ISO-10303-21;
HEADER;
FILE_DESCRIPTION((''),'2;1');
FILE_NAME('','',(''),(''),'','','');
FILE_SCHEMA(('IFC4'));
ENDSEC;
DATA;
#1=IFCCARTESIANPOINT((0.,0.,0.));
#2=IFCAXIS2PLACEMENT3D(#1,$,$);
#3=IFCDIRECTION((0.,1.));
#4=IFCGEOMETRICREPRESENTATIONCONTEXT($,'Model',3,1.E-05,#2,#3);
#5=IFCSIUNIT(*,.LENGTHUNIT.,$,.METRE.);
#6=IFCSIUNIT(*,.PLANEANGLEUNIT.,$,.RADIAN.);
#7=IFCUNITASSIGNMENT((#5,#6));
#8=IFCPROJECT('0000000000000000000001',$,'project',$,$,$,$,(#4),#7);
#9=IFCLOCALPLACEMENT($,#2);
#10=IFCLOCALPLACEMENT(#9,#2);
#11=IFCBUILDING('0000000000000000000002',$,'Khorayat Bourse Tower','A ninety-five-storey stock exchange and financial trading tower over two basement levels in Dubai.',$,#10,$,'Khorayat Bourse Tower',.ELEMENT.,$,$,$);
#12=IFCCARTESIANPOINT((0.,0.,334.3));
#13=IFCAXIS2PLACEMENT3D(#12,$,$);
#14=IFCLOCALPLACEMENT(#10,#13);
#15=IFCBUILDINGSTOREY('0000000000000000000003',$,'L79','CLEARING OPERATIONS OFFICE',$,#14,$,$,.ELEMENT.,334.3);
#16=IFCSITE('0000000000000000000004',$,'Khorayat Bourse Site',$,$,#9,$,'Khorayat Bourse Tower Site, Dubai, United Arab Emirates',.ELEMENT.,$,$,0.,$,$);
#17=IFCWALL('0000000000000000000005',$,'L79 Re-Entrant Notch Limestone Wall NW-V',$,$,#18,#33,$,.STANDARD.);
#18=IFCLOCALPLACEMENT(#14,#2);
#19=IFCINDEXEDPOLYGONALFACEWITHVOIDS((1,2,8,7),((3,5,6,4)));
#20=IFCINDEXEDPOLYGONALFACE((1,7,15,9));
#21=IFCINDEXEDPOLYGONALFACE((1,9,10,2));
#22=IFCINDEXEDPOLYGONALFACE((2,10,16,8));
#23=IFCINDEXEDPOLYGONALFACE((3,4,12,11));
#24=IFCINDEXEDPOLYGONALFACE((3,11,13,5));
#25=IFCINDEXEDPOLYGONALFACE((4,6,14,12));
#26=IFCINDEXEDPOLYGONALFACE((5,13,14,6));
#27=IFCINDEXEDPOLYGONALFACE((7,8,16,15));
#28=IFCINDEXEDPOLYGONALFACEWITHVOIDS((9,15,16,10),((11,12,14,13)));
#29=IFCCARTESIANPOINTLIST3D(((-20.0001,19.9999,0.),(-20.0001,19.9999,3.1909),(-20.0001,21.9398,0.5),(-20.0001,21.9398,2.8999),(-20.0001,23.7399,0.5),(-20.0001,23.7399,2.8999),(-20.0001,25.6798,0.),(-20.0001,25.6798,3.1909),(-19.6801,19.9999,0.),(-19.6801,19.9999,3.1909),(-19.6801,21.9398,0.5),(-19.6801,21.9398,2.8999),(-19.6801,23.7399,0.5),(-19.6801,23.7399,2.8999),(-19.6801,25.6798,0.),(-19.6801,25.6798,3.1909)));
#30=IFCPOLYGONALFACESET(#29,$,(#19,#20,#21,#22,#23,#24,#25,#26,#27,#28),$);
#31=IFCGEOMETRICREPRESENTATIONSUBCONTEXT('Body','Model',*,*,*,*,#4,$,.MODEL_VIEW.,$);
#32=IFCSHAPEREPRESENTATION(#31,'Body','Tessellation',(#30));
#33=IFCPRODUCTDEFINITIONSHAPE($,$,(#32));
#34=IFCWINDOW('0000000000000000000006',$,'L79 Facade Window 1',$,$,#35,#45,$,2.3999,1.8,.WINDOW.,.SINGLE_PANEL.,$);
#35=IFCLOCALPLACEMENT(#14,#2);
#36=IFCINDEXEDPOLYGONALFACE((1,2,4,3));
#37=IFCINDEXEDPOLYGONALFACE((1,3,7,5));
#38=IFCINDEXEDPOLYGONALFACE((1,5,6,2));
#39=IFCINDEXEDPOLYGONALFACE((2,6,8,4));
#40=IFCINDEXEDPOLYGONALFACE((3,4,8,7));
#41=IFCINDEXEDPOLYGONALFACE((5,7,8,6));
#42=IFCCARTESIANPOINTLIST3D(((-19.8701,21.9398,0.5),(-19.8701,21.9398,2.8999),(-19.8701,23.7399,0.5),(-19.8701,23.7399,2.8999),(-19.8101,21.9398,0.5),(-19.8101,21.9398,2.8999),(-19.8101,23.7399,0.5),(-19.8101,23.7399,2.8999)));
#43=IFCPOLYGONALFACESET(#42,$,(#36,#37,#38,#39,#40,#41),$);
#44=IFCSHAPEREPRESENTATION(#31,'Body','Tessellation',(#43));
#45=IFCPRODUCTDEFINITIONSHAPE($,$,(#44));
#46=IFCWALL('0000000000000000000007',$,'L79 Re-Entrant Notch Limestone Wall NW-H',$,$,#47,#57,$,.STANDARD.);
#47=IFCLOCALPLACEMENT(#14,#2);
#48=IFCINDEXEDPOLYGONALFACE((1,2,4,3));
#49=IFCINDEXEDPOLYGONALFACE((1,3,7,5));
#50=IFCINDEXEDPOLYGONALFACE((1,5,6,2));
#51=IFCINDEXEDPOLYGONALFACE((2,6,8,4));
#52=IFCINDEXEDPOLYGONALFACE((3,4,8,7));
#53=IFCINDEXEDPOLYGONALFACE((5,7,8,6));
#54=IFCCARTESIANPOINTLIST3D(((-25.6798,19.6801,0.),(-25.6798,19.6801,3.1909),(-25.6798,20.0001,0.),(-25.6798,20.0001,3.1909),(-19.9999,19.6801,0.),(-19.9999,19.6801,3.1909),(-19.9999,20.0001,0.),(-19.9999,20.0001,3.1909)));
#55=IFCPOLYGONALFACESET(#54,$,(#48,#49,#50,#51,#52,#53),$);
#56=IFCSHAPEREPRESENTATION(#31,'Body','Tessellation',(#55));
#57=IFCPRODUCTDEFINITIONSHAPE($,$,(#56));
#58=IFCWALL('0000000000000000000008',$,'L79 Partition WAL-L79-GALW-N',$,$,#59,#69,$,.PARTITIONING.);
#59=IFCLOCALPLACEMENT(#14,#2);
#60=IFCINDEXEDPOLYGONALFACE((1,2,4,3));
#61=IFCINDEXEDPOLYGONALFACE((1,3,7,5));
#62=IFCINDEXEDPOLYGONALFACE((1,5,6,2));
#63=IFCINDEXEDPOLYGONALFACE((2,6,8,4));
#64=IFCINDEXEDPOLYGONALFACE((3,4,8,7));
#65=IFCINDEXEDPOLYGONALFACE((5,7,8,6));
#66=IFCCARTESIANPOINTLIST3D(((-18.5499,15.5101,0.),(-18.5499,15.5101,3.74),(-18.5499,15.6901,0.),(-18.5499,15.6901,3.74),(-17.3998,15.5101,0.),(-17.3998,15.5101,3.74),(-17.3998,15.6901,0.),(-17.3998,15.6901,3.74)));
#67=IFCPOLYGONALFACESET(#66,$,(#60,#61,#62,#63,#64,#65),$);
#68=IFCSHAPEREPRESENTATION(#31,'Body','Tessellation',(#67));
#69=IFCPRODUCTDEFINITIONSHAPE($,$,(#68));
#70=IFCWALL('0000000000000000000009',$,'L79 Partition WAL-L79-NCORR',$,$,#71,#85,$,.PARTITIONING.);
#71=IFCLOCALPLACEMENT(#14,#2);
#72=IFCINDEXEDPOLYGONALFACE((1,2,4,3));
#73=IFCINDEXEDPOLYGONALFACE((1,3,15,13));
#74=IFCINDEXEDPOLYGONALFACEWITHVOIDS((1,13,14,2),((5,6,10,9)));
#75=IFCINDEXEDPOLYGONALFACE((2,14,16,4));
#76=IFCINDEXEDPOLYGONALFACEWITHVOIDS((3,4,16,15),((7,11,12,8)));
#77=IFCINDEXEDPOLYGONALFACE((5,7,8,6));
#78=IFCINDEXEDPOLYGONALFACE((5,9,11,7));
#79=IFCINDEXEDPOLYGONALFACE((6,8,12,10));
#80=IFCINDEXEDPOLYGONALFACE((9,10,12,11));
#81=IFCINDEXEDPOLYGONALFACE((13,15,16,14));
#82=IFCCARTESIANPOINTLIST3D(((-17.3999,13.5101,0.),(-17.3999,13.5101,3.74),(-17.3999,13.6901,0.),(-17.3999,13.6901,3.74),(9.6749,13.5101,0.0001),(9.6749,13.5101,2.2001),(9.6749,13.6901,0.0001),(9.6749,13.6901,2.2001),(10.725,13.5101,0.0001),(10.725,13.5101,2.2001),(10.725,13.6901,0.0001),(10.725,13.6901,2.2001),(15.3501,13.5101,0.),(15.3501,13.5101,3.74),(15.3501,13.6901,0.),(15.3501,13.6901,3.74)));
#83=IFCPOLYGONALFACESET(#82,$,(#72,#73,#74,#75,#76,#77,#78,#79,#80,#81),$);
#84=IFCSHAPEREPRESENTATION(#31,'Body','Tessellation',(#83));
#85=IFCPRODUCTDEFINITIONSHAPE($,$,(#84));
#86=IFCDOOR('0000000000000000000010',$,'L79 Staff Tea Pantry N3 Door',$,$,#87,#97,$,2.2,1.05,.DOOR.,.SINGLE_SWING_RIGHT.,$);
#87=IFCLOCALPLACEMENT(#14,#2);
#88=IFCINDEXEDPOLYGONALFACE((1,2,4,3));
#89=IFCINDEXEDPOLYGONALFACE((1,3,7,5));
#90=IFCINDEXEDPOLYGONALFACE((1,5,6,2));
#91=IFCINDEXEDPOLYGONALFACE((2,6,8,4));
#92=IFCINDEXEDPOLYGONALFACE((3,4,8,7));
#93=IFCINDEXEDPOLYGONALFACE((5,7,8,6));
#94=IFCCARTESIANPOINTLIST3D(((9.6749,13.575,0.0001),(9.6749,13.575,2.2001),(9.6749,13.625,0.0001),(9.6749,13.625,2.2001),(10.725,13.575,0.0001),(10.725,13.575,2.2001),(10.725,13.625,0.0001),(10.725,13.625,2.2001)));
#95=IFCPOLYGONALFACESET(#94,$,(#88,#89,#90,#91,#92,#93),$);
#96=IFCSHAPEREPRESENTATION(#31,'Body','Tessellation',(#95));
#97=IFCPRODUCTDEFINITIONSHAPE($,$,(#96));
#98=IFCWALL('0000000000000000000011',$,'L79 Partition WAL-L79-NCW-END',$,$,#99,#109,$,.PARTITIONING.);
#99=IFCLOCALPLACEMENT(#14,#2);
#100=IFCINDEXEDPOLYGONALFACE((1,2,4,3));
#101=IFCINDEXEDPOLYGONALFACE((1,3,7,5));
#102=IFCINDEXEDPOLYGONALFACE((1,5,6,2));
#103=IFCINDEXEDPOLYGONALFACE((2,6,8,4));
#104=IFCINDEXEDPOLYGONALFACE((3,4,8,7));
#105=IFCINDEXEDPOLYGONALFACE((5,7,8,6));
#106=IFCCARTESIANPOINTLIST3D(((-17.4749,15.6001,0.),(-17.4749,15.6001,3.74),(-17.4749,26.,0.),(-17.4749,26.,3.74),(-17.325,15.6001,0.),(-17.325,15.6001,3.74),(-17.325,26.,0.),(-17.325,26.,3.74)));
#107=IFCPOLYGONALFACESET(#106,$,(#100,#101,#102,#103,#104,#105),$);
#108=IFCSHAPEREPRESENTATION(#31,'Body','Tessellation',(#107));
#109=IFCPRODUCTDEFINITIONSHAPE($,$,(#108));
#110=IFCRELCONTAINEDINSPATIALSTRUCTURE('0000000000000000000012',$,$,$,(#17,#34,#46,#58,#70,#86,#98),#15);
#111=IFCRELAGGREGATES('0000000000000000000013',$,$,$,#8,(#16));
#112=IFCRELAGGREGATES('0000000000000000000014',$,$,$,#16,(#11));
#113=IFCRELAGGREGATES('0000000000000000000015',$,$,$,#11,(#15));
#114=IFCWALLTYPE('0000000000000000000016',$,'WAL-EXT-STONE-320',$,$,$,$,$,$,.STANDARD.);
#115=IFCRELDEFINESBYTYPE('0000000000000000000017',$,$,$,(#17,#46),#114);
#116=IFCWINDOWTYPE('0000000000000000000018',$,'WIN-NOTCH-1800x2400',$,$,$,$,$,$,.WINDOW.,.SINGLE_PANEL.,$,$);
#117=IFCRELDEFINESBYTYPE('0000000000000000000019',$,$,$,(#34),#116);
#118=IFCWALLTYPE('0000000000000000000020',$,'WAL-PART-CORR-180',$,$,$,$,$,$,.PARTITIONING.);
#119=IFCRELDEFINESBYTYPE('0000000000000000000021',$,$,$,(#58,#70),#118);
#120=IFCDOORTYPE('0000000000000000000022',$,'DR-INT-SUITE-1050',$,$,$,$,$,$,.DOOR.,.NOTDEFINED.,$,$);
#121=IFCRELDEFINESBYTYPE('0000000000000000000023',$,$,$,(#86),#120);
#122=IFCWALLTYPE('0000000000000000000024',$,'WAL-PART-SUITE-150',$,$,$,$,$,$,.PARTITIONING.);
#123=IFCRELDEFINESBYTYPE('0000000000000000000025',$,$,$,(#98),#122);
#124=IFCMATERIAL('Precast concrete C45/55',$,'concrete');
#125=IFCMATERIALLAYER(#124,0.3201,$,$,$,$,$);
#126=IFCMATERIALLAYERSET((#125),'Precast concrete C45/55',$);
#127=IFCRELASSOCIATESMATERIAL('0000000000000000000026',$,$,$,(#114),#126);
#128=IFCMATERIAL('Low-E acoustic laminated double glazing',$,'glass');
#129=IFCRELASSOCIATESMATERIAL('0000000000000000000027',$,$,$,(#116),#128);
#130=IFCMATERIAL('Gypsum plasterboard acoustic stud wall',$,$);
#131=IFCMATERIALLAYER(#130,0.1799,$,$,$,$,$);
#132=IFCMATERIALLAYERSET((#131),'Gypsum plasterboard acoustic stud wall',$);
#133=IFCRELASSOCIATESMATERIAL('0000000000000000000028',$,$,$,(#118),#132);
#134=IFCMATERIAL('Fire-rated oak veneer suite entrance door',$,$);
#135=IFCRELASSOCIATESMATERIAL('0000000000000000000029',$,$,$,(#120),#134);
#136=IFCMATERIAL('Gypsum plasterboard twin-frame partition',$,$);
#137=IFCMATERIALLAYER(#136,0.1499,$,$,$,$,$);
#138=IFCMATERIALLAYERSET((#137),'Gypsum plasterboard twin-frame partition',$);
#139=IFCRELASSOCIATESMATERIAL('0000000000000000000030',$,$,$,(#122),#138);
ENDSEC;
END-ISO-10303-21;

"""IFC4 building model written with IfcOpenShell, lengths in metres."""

from ifc_helpers import new_model, si_unit, direction, frame, frame_2d, origin, place, context, subcontext, project, spatial, rectangle, extrude, source, transform, mapped, material, layer, layer_set, type_object, element, fill, save


model = new_model("IFC4")

# Units and contexts
model_context = context("Model", 3, precision=1e-05, world=origin(), true_north=direction((0.0, 1.0)))
body_context = subcontext(model_context, "Body", "Model", "MODEL_VIEW")
ifc_project = project(units=[si_unit("LENGTHUNIT", "METRE"), si_unit("PLANEANGLEUNIT", "RADIAN")], contexts=[model_context])

# Site, building, storey
site_placement = place(None, origin())
site = spatial("IfcSite", under=ifc_project, at=site_placement, Name="Khorayat Bourse Site", LongName="Khorayat Bourse Tower Site, Dubai, United Arab Emirates", CompositionType="ELEMENT", RefElevation=0.0)
building_placement = place(site_placement, origin())
building = spatial("IfcBuilding", under=site, at=building_placement, Name="Khorayat Bourse Tower", Description="A ninety-five-storey stock exchange and financial trading tower over two basement levels in Dubai.", LongName="Khorayat Bourse Tower", CompositionType="ELEMENT")
storey_placement = place(building_placement, frame((0.0, 0.0, 334.3)))
storey = spatial("IfcBuildingStorey", under=building, at=storey_placement, Name="L79", Description="CLEARING OPERATIONS OFFICE", CompositionType="ELEMENT", Elevation=334.3)

# Wall, opening, window
ifc_material_1 = material(Name="Precast concrete C45/55", Category="concrete")
ifc_layer_1 = layer(ifc_material_1, 0.3201)
ifc_layer_set_1 = layer_set([ifc_layer_1], Name="Precast concrete C45/55")
wall_type_1 = type_object("IfcWallType", Name="WAL-EXT-STONE-320", PredefinedType="STANDARD", material=ifc_layer_set_1)
shared_shape_1 = source(origin(), body_context, "Body", "SweptSolid", [
    extrude(rectangle(XDim=5.6799, YDim=0.3201, at=frame_2d((2.8398, 0.0))), origin(), (0.0, 0.0, 1.0), 3.1909),
])
wall_1_placement = place(storey_placement, frame((-19.8401, 20.0, 0.0), z_axis=(0.0, 0.0, 1.0), x_axis=(0.0, 1.0, 0.0)))
wall_1 = element("IfcWall", 1, at=wall_1_placement, inside=storey, type_object=wall_type_1, Name="L79 Re-Entrant Notch Limestone Wall NW-V", PredefinedType="STANDARD", context=body_context, shape_type="MappedRepresentation", body=[
    mapped(shared_shape_1, transform((0.0, 0.0, 0.0), scale=1.0)),
])
shared_shape_2 = source(origin(), body_context, "Body", "SweptSolid", [
    extrude(rectangle(XDim=1.8, YDim=2.3999, at=frame_2d((0.8999, 1.2))), frame((0.0, 0.1699, 0.0), z_axis=(0.0, -1.0, 0.0), x_axis=(1.0, 0.0, 0.0)), (0.0, 0.0, 1.0), 0.3401),
])
opening_1_placement = place(wall_1_placement, frame((1.9399, 0.0, 0.5)))
opening_1 = element("IfcOpeningElement", 2, at=opening_1_placement, cuts=wall_1, PredefinedType="OPENING", context=body_context, shape_type="MappedRepresentation", body=[
    mapped(shared_shape_2, transform((0.0, 0.0, 0.0), scale=1.0)),
])
ifc_material_2 = material(Name="Low-E acoustic laminated double glazing", Category="glass")
window_type = type_object("IfcWindowType", Name="WIN-NOTCH-1800x2400", PartitioningType="SINGLE_PANEL", PredefinedType="WINDOW", material=ifc_material_2)
shared_shape_3 = source(origin(), body_context, "Body", "SweptSolid", [
    extrude(rectangle(XDim=1.8, YDim=2.3999, at=frame_2d((0.8999, 1.2))), frame((0.0, 0.03, 0.0), z_axis=(0.0, -1.0, 0.0), x_axis=(1.0, 0.0, 0.0)), (0.0, 0.0, 1.0), 0.0601),
])
window_placement = place(opening_1_placement, origin())
window = element("IfcWindow", 3, at=window_placement, inside=storey, type_object=window_type, Name="L79 Facade Window 1", OverallHeight=2.3999, OverallWidth=1.8, PartitioningType="SINGLE_PANEL", PredefinedType="WINDOW", context=body_context, shape_type="MappedRepresentation", body=[
    mapped(shared_shape_3, transform((0.0, 0.0, 0.0), scale=1.0)),
])
fill(opening_1, window)

# Walls
wall_2_placement = place(storey_placement, frame((-20.0, 19.8401, 0.0), z_axis=(0.0, 0.0, 1.0), x_axis=(-1.0, 0.0, 0.0)))
element("IfcWall", 4, at=wall_2_placement, inside=storey, type_object=wall_type_1, Name="L79 Re-Entrant Notch Limestone Wall NW-H", PredefinedType="STANDARD", context=body_context, shape_type="MappedRepresentation", body=[
    mapped(shared_shape_1, transform((0.0, 0.0, 0.0), scale=1.0)),
])
ifc_material_3 = material(Name="Gypsum plasterboard acoustic stud wall")
ifc_layer_2 = layer(ifc_material_3, 0.1799)
ifc_layer_set_2 = layer_set([ifc_layer_2], Name="Gypsum plasterboard acoustic stud wall")
wall_type_2 = type_object("IfcWallType", Name="WAL-PART-CORR-180", PredefinedType="PARTITIONING", material=ifc_layer_set_2)
shared_shape_4 = source(origin(), body_context, "Body", "SweptSolid", [
    extrude(rectangle(XDim=1.1501, YDim=0.1799, at=frame_2d((0.5752, 0.0))), origin(), (0.0, 0.0, 1.0), 3.74),
])
wall_3_placement = place(storey_placement, frame((-18.55, 15.6001, 0.0), z_axis=(0.0, 0.0, 1.0), x_axis=(1.0, 0.0, 0.0)))
element("IfcWall", 5, at=wall_3_placement, inside=storey, type_object=wall_type_2, Name="L79 Partition WAL-L79-GALW-N", PredefinedType="PARTITIONING", context=body_context, shape_type="MappedRepresentation", body=[
    mapped(shared_shape_4, transform((0.0, 0.0, 0.0), scale=1.0)),
])

# Wall, opening, door
shared_shape_5 = source(origin(), body_context, "Body", "SweptSolid", [
    extrude(rectangle(XDim=32.75, YDim=0.1799, at=frame_2d((16.375, 0.0))), origin(), (0.0, 0.0, 1.0), 3.74),
])
wall_4_placement = place(storey_placement, frame((-17.3999, 13.6001, 0.0), z_axis=(0.0, 0.0, 1.0), x_axis=(1.0, 0.0, 0.0)))
wall_4 = element("IfcWall", 6, at=wall_4_placement, inside=storey, type_object=wall_type_2, Name="L79 Partition WAL-L79-NCORR", PredefinedType="PARTITIONING", context=body_context, shape_type="MappedRepresentation", body=[
    mapped(shared_shape_5, transform((0.0, 0.0, 0.0), scale=1.0)),
])
shared_shape_6 = source(origin(), body_context, "Body", "SweptSolid", [
    extrude(rectangle(XDim=1.05, YDim=2.2, at=frame_2d((0.5249, 1.1001))), frame((0.0, 0.0999, 0.0), z_axis=(0.0, -1.0, 0.0), x_axis=(1.0, 0.0, 0.0)), (0.0, 0.0, 1.0), 0.2),
])
opening_2_placement = place(wall_4_placement, frame((27.075, 0.0, 0.0)))
opening_2 = element("IfcOpeningElement", 7, at=opening_2_placement, cuts=wall_4, PredefinedType="OPENING", context=body_context, shape_type="MappedRepresentation", body=[
    mapped(shared_shape_6, transform((0.0, 0.0, 0.0), scale=1.0)),
])
ifc_material_4 = material(Name="Fire-rated oak veneer suite entrance door")
door_type = type_object("IfcDoorType", Name="DR-INT-SUITE-1050", OperationType="NOTDEFINED", PredefinedType="DOOR", material=ifc_material_4)
shared_shape_7 = source(origin(), body_context, "Body", "SweptSolid", [
    extrude(rectangle(XDim=1.05, YDim=2.2, at=frame_2d((0.5249, 1.1001))), frame((0.0, 0.0249, 0.0), z_axis=(0.0, -1.0, 0.0), x_axis=(1.0, 0.0, 0.0)), (0.0, 0.0, 1.0), 0.05),
])
door_placement = place(opening_2_placement, origin())
door = element("IfcDoor", 8, at=door_placement, inside=storey, type_object=door_type, Name="L79 Staff Tea Pantry N3 Door", OperationType="SINGLE_SWING_RIGHT", OverallHeight=2.2, OverallWidth=1.05, PredefinedType="DOOR", context=body_context, shape_type="MappedRepresentation", body=[
    mapped(shared_shape_7, transform((0.0, 0.0, 0.0), scale=1.0)),
])
fill(opening_2, door)

# Wall
ifc_material_5 = material(Name="Gypsum plasterboard twin-frame partition")
ifc_layer_3 = layer(ifc_material_5, 0.1499)
ifc_layer_set_3 = layer_set([ifc_layer_3], Name="Gypsum plasterboard twin-frame partition")
wall_type_3 = type_object("IfcWallType", Name="WAL-PART-SUITE-150", PredefinedType="PARTITIONING", material=ifc_layer_set_3)
shared_shape_8 = source(origin(), body_context, "Body", "SweptSolid", [
    extrude(rectangle(XDim=10.3999, YDim=0.1499, at=frame_2d((5.2, 0.0))), origin(), (0.0, 0.0, 1.0), 3.74),
])
wall_5_placement = place(storey_placement, frame((-17.3999, 15.6001, 0.0), z_axis=(0.0, 0.0, 1.0), x_axis=(0.0, 1.0, 0.0)))
element("IfcWall", 9, at=wall_5_placement, inside=storey, type_object=wall_type_3, Name="L79 Partition WAL-L79-NCW-END", PredefinedType="PARTITIONING", context=body_context, shape_type="MappedRepresentation", body=[
    mapped(shared_shape_8, transform((0.0, 0.0, 0.0), scale=1.0)),
])

save(model, "model.ifc")
